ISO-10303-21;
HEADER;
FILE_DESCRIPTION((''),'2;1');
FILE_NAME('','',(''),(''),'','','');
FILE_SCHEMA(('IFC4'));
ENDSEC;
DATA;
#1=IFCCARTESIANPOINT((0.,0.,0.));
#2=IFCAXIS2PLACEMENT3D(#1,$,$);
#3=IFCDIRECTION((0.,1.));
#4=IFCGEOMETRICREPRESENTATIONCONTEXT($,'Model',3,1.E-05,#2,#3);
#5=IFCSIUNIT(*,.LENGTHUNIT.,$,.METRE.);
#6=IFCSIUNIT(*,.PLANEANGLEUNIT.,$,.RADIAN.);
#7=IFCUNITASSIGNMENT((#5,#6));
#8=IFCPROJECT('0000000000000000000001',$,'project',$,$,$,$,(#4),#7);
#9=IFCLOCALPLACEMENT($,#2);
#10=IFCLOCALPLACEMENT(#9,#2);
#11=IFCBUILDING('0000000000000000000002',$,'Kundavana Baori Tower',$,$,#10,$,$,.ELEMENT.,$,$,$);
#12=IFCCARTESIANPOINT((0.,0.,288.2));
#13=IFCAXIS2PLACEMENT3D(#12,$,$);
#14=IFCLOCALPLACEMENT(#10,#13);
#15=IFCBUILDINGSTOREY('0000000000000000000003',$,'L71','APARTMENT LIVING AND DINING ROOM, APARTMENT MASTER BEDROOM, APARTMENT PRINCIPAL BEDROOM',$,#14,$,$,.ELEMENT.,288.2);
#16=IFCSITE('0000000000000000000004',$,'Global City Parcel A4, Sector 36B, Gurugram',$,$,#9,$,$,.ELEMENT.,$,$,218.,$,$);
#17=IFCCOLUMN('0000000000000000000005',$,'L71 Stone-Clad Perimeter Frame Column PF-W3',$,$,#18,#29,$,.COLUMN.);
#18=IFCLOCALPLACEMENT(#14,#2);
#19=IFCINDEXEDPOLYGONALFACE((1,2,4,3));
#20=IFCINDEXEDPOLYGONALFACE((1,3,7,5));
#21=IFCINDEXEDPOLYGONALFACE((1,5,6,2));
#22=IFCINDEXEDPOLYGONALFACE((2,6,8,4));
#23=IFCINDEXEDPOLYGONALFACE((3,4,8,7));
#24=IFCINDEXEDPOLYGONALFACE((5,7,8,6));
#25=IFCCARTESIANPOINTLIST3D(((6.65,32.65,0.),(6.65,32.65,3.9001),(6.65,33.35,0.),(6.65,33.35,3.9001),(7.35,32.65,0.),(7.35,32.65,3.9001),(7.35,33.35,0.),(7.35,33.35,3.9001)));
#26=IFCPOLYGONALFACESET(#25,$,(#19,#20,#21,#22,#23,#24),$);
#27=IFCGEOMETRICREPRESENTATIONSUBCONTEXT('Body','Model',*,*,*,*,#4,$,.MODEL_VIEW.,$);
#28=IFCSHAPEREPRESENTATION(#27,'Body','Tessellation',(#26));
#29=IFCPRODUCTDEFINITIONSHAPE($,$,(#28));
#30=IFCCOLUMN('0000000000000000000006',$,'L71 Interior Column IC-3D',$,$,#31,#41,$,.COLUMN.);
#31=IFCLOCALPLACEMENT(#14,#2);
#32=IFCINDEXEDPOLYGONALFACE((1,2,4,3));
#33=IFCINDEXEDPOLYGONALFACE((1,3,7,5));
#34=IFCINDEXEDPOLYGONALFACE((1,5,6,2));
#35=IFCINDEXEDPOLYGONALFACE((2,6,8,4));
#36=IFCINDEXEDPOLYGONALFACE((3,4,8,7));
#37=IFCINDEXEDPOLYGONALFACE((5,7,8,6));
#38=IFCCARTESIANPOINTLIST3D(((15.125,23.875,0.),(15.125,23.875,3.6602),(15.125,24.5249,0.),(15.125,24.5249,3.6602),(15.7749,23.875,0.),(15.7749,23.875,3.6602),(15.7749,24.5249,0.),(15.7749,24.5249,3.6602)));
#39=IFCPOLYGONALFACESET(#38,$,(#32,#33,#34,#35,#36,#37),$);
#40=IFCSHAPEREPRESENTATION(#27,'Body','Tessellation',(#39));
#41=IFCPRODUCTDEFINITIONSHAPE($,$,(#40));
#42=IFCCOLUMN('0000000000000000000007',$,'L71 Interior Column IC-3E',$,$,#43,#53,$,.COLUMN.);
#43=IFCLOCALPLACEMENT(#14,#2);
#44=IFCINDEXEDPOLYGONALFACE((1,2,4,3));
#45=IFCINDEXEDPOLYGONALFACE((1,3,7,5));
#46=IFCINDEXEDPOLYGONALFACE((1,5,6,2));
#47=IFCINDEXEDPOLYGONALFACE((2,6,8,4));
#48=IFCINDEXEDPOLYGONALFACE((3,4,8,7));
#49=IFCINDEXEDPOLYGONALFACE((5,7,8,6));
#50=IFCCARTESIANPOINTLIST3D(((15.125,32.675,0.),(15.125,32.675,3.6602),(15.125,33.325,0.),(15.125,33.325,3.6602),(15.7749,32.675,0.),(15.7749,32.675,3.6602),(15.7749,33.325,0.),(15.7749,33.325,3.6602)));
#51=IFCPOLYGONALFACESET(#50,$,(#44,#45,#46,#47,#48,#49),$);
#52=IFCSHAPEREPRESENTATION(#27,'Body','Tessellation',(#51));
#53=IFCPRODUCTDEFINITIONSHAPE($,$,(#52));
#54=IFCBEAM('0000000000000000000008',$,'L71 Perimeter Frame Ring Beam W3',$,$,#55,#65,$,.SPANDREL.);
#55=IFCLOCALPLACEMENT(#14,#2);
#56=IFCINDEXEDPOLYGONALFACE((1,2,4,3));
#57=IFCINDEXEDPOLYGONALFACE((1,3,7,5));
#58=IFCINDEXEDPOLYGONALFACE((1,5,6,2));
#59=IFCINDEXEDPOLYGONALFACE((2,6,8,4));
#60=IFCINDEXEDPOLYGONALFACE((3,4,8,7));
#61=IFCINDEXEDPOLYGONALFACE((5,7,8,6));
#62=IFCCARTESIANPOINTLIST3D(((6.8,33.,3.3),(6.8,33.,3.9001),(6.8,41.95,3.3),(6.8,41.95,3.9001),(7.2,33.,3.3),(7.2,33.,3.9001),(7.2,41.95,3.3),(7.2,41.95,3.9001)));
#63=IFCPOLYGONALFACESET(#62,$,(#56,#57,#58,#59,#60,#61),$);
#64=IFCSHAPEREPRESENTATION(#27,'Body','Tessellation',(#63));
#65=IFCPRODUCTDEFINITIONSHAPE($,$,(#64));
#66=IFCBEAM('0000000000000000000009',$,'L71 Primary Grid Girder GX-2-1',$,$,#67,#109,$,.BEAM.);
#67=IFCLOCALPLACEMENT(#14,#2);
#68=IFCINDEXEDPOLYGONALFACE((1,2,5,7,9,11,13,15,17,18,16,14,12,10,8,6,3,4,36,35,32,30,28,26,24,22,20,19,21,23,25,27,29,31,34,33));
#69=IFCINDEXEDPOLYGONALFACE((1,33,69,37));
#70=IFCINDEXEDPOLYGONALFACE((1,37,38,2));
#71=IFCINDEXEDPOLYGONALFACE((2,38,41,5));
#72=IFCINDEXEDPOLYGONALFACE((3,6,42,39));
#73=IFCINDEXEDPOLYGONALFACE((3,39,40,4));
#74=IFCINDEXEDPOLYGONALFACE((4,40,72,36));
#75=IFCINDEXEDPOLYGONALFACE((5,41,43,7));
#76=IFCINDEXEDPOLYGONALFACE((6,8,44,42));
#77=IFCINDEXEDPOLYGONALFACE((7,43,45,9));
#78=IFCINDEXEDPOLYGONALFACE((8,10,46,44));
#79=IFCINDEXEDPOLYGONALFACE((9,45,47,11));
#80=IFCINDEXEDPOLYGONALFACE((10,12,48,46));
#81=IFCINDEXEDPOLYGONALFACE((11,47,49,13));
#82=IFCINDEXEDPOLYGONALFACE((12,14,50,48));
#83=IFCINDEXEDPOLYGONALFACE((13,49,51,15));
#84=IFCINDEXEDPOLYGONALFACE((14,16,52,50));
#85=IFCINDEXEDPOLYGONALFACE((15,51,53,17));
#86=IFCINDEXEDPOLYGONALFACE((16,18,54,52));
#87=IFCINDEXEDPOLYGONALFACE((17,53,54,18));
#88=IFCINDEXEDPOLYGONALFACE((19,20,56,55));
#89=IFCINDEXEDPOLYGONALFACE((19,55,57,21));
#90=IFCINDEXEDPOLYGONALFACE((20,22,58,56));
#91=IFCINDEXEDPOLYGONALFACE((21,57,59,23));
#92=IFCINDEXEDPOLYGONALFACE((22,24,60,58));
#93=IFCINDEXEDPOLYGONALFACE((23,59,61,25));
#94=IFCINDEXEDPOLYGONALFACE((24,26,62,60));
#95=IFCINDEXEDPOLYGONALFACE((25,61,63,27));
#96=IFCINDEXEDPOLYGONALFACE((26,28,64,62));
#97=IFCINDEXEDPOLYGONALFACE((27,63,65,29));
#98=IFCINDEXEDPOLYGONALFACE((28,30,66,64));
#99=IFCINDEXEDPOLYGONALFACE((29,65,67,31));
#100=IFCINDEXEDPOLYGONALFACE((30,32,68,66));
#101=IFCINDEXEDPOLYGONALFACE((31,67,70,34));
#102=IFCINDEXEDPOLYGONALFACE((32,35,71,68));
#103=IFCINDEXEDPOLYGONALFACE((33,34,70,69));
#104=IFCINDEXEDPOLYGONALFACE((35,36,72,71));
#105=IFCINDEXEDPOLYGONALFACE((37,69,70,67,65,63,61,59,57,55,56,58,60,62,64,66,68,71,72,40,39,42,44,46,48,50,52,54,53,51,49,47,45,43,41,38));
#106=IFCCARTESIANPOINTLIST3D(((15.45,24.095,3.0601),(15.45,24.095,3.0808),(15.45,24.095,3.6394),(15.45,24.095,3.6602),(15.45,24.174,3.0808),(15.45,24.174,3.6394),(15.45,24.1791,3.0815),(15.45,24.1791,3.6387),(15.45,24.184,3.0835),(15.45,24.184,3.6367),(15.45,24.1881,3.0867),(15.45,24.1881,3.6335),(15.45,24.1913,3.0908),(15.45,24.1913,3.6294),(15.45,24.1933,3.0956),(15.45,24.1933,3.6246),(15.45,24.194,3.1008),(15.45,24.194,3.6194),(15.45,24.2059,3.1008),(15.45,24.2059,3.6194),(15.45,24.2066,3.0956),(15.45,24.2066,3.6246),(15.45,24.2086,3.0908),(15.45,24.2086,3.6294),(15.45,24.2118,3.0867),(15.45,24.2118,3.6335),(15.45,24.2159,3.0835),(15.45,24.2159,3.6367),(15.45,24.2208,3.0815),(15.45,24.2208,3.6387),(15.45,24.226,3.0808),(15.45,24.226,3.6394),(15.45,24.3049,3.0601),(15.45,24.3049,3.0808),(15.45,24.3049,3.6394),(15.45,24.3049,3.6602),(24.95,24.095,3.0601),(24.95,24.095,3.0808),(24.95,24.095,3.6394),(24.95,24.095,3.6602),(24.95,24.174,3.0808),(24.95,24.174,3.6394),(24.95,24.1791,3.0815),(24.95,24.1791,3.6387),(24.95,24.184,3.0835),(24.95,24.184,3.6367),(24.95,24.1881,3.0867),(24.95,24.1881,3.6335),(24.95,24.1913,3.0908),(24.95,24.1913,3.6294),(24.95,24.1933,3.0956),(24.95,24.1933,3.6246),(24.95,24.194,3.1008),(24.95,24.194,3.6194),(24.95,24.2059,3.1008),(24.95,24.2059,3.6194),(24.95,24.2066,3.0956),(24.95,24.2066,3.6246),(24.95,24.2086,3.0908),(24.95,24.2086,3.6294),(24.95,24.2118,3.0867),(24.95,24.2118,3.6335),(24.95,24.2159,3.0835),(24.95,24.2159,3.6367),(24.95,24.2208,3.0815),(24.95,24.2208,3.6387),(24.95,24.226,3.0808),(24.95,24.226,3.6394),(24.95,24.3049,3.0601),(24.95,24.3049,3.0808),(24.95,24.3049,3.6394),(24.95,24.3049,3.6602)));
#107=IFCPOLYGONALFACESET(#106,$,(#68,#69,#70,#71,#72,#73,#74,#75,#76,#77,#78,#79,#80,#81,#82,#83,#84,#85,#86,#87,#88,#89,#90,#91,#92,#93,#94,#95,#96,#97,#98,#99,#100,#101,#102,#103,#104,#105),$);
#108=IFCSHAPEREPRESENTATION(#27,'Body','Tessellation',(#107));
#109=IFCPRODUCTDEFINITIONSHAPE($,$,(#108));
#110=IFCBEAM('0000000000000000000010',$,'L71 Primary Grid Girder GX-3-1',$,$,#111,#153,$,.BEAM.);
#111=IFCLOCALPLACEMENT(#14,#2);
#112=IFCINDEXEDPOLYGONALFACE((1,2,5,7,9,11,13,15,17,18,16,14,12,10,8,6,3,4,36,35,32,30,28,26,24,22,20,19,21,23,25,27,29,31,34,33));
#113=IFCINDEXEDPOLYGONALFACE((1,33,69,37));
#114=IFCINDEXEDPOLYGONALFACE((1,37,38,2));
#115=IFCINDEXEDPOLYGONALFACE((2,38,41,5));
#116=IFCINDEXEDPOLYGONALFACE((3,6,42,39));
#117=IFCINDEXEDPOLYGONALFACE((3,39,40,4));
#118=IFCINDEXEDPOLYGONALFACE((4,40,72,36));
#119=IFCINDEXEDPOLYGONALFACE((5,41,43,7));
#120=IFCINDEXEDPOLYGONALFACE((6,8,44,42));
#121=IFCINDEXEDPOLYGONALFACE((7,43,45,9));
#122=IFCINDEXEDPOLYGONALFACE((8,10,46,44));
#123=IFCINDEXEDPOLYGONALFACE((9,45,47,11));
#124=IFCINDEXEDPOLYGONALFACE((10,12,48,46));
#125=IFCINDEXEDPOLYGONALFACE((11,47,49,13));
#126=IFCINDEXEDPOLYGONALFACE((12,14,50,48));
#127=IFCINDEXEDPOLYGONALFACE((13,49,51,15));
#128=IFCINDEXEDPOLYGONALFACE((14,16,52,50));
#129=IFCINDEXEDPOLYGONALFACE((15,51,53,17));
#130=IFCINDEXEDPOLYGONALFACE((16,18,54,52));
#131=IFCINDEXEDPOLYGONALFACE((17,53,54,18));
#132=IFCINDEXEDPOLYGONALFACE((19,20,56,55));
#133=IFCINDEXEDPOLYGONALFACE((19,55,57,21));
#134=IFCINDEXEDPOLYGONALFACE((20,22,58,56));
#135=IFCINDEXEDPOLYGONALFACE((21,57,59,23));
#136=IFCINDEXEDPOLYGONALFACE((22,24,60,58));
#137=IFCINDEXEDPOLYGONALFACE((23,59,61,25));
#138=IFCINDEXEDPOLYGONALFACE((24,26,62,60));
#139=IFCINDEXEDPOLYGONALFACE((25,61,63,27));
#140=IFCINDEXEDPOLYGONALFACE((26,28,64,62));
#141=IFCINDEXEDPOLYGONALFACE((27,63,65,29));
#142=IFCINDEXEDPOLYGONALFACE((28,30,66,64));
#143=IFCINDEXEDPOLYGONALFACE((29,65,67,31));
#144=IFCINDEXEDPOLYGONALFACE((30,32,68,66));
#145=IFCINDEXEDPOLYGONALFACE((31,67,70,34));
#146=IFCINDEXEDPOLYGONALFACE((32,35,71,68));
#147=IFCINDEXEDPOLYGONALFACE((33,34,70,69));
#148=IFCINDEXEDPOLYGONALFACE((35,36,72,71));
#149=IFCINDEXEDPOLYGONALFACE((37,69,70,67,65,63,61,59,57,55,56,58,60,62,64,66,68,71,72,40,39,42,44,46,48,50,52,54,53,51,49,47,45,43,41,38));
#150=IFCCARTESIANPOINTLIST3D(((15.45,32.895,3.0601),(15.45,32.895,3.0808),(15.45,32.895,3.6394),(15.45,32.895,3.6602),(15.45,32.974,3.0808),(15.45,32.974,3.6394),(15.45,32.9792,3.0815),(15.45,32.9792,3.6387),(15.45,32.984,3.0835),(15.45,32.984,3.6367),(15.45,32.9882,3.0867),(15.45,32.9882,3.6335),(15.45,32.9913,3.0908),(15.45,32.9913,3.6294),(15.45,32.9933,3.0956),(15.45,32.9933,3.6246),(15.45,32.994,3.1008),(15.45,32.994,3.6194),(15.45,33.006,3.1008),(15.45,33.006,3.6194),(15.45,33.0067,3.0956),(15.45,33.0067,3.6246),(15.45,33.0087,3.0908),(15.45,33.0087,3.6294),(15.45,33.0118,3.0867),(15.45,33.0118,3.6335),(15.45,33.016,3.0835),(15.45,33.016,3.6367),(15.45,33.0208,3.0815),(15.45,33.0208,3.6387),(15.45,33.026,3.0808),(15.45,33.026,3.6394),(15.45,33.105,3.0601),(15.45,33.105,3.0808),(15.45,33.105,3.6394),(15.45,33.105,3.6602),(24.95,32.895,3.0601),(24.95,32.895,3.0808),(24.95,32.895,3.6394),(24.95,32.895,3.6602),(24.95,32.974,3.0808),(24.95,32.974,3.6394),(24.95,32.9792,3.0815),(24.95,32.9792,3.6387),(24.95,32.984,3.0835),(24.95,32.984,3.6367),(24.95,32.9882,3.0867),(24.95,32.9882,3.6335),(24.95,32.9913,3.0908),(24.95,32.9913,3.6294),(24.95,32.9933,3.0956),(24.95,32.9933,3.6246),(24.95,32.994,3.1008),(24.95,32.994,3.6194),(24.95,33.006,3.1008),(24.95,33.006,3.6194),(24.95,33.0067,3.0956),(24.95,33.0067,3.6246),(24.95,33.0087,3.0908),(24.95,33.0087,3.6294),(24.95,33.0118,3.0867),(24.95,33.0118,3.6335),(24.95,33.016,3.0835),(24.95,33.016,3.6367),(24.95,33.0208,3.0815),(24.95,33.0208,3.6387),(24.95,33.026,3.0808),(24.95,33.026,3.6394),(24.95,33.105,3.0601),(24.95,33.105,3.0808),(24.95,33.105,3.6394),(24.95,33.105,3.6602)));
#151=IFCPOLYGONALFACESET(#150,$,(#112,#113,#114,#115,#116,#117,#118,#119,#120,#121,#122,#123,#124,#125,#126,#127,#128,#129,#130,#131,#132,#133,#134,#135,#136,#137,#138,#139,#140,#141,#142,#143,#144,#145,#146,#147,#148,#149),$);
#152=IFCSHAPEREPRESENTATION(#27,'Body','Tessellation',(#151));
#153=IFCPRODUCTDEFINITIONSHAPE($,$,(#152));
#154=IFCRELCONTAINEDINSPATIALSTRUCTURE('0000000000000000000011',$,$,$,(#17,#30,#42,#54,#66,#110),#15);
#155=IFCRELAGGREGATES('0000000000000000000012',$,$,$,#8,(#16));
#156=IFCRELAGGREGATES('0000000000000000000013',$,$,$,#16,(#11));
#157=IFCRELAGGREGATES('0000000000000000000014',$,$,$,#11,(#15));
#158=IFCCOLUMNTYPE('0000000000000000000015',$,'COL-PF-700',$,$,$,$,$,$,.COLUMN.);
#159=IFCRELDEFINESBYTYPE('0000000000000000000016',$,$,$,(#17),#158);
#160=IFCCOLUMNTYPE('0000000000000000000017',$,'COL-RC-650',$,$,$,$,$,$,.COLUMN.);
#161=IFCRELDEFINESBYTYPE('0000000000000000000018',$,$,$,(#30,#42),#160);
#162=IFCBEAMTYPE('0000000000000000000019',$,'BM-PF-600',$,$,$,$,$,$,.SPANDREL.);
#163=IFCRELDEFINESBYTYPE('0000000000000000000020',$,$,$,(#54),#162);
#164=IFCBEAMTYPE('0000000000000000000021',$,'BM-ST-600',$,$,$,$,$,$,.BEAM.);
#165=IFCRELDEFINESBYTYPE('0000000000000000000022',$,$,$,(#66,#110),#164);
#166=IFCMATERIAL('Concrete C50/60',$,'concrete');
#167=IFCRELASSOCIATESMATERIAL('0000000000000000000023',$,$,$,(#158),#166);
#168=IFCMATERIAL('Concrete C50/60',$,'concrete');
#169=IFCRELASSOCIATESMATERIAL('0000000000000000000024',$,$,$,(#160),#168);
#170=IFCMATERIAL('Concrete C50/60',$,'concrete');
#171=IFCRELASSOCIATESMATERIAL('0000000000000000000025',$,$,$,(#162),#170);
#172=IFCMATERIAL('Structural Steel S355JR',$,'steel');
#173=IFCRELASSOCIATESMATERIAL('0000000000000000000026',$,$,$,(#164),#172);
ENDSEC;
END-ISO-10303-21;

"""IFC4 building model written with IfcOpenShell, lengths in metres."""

from ifc_helpers import new_model, si_unit, direction, frame, origin, origin_2d, place, context, subcontext, project, spatial, rectangle, i_section, extrude, material, material_profile, profile_set, type_object, element, save


model = new_model("IFC4")

# Units and contexts
model_context = context("Model", 3, precision=1e-05, world=origin(), true_north=direction((0.0, 1.0)))
body_context = subcontext(model_context, "Body", "Model", "MODEL_VIEW")
ifc_project = project(units=[si_unit("LENGTHUNIT", "METRE"), si_unit("PLANEANGLEUNIT", "RADIAN")], contexts=[model_context])

# Site, building, storey
site_placement = place(None, origin())
site = spatial("IfcSite", under=ifc_project, at=site_placement, Name="Global City Parcel A4, Sector 36B, Gurugram", CompositionType="ELEMENT", RefElevation=218.0)
building_placement = place(site_placement, origin())
building = spatial("IfcBuilding", under=site, at=building_placement, Name="Kundavana Baori Tower", CompositionType="ELEMENT")
storey_placement = place(building_placement, frame((0.0, 0.0, 288.2)))
storey = spatial("IfcBuildingStorey", under=building, at=storey_placement, Name="L71", Description="APARTMENT LIVING AND DINING ROOM, APARTMENT MASTER BEDROOM, APARTMENT PRINCIPAL BEDROOM", CompositionType="ELEMENT", Elevation=288.2)

# Columns
ifc_material_1 = material(Name="Concrete C50/60", Category="concrete")
ifc_material_profile_1 = material_profile(ifc_material_1, rectangle(XDim=0.7, YDim=0.7, at=origin_2d()), Name="RC PF 700x700")
ifc_profile_set_1 = profile_set([ifc_material_profile_1], Name="Concrete C50/60")
column_type_1 = type_object("IfcColumnType", Name="COL-PF-700", PredefinedType="COLUMN", material=ifc_profile_set_1)
column_placement = place(storey_placement, frame((7.0, 33.0, 0.0), z_axis=(0.0, 0.0, 1.0), x_axis=(1.0, 0.0, 0.0)))
element("IfcColumn", 1, at=column_placement, inside=storey, type_object=column_type_1, Name="L71 Stone-Clad Perimeter Frame Column PF-W3", PredefinedType="COLUMN", context=body_context, shape_type="SweptSolid", body=[
    extrude(rectangle(XDim=0.7, YDim=0.7, at=origin_2d()), origin(), (0.0, 0.0, 1.0), 3.9001),
])
ifc_material_2 = material(Name="Concrete C50/60", Category="concrete")
ifc_material_profile_2 = material_profile(ifc_material_2, rectangle(XDim=0.6499, YDim=0.6499, at=origin_2d()), Name="RC 650x650")
ifc_profile_set_2 = profile_set([ifc_material_profile_2], Name="Concrete C50/60")
column_type_2 = type_object("IfcColumnType", Name="COL-RC-650", PredefinedType="COLUMN", material=ifc_profile_set_2)
for number, where, z_axis, x_axis, name in (
    (2, (15.45, 24.2, 0.0), (0.0, 0.0, 1.0), (1.0, 0.0, 0.0), "L71 Interior Column IC-3D"),
    (3, (15.45, 33.0, 0.0), (0.0, 0.0, 1.0), (1.0, 0.0, 0.0), "L71 Interior Column IC-3E"),
):
    element("IfcColumn", number, at=place(storey_placement, frame(where, z_axis=z_axis, x_axis=x_axis)), inside=storey, type_object=column_type_2, Name=name, PredefinedType="COLUMN", context=body_context, shape_type="SweptSolid", body=[
        extrude(rectangle(XDim=0.6499, YDim=0.6499, at=origin_2d()), origin(), (0.0, 0.0, 1.0), 3.6602),
    ])

# Beams
ifc_material_3 = material(Name="Concrete C50/60", Category="concrete")
ifc_material_profile_3 = material_profile(ifc_material_3, rectangle(XDim=0.3999, YDim=0.6001, at=origin_2d()), Name="RC BM 400x600")
ifc_profile_set_3 = profile_set([ifc_material_profile_3], Name="Concrete C50/60")
beam_type_1 = type_object("IfcBeamType", Name="BM-PF-600", PredefinedType="SPANDREL", material=ifc_profile_set_3)
beam_placement = place(storey_placement, frame((7.0, 33.0, 3.6001), z_axis=(0.0, 1.0, 0.0), x_axis=(-1.0, 0.0, 0.0)))
element("IfcBeam", 4, at=beam_placement, inside=storey, type_object=beam_type_1, Name="L71 Perimeter Frame Ring Beam W3", PredefinedType="SPANDREL", context=body_context, shape_type="SweptSolid", body=[
    extrude(rectangle(XDim=0.3999, YDim=0.6001, at=origin_2d()), origin(), (0.0, 0.0, 1.0), 8.95),
])
ifc_material_4 = material(Name="Structural Steel S355JR", Category="steel")
ifc_material_profile_4 = material_profile(ifc_material_4, i_section(OverallWidth=0.21, OverallDepth=0.6001, WebThickness=0.012, FlangeThickness=0.0208, FilletRadius=0.02, at=origin_2d()), Name="ISMB 600")
ifc_profile_set_4 = profile_set([ifc_material_profile_4], Name="Structural Steel S355JR")
beam_type_2 = type_object("IfcBeamType", Name="BM-ST-600", PredefinedType="BEAM", material=ifc_profile_set_4)
for number, where, z_axis, x_axis, name in (
    (5, (15.45, 24.2, 3.3601), (1.0, 0.0, 0.0), (0.0, 1.0, 0.0), "L71 Primary Grid Girder GX-2-1"),
    (6, (15.45, 33.0, 3.3601), (1.0, 0.0, 0.0), (0.0, 1.0, 0.0), "L71 Primary Grid Girder GX-3-1"),
):
    element("IfcBeam", number, at=place(storey_placement, frame(where, z_axis=z_axis, x_axis=x_axis)), inside=storey, type_object=beam_type_2, Name=name, PredefinedType="BEAM", context=body_context, shape_type="SweptSolid", body=[
        extrude(i_section(OverallWidth=0.21, OverallDepth=0.6001, WebThickness=0.012, FlangeThickness=0.0208, FilletRadius=0.02, at=origin_2d()), origin(), (0.0, 0.0, 1.0), 9.5),
    ])

save(model, "model.ifc")
